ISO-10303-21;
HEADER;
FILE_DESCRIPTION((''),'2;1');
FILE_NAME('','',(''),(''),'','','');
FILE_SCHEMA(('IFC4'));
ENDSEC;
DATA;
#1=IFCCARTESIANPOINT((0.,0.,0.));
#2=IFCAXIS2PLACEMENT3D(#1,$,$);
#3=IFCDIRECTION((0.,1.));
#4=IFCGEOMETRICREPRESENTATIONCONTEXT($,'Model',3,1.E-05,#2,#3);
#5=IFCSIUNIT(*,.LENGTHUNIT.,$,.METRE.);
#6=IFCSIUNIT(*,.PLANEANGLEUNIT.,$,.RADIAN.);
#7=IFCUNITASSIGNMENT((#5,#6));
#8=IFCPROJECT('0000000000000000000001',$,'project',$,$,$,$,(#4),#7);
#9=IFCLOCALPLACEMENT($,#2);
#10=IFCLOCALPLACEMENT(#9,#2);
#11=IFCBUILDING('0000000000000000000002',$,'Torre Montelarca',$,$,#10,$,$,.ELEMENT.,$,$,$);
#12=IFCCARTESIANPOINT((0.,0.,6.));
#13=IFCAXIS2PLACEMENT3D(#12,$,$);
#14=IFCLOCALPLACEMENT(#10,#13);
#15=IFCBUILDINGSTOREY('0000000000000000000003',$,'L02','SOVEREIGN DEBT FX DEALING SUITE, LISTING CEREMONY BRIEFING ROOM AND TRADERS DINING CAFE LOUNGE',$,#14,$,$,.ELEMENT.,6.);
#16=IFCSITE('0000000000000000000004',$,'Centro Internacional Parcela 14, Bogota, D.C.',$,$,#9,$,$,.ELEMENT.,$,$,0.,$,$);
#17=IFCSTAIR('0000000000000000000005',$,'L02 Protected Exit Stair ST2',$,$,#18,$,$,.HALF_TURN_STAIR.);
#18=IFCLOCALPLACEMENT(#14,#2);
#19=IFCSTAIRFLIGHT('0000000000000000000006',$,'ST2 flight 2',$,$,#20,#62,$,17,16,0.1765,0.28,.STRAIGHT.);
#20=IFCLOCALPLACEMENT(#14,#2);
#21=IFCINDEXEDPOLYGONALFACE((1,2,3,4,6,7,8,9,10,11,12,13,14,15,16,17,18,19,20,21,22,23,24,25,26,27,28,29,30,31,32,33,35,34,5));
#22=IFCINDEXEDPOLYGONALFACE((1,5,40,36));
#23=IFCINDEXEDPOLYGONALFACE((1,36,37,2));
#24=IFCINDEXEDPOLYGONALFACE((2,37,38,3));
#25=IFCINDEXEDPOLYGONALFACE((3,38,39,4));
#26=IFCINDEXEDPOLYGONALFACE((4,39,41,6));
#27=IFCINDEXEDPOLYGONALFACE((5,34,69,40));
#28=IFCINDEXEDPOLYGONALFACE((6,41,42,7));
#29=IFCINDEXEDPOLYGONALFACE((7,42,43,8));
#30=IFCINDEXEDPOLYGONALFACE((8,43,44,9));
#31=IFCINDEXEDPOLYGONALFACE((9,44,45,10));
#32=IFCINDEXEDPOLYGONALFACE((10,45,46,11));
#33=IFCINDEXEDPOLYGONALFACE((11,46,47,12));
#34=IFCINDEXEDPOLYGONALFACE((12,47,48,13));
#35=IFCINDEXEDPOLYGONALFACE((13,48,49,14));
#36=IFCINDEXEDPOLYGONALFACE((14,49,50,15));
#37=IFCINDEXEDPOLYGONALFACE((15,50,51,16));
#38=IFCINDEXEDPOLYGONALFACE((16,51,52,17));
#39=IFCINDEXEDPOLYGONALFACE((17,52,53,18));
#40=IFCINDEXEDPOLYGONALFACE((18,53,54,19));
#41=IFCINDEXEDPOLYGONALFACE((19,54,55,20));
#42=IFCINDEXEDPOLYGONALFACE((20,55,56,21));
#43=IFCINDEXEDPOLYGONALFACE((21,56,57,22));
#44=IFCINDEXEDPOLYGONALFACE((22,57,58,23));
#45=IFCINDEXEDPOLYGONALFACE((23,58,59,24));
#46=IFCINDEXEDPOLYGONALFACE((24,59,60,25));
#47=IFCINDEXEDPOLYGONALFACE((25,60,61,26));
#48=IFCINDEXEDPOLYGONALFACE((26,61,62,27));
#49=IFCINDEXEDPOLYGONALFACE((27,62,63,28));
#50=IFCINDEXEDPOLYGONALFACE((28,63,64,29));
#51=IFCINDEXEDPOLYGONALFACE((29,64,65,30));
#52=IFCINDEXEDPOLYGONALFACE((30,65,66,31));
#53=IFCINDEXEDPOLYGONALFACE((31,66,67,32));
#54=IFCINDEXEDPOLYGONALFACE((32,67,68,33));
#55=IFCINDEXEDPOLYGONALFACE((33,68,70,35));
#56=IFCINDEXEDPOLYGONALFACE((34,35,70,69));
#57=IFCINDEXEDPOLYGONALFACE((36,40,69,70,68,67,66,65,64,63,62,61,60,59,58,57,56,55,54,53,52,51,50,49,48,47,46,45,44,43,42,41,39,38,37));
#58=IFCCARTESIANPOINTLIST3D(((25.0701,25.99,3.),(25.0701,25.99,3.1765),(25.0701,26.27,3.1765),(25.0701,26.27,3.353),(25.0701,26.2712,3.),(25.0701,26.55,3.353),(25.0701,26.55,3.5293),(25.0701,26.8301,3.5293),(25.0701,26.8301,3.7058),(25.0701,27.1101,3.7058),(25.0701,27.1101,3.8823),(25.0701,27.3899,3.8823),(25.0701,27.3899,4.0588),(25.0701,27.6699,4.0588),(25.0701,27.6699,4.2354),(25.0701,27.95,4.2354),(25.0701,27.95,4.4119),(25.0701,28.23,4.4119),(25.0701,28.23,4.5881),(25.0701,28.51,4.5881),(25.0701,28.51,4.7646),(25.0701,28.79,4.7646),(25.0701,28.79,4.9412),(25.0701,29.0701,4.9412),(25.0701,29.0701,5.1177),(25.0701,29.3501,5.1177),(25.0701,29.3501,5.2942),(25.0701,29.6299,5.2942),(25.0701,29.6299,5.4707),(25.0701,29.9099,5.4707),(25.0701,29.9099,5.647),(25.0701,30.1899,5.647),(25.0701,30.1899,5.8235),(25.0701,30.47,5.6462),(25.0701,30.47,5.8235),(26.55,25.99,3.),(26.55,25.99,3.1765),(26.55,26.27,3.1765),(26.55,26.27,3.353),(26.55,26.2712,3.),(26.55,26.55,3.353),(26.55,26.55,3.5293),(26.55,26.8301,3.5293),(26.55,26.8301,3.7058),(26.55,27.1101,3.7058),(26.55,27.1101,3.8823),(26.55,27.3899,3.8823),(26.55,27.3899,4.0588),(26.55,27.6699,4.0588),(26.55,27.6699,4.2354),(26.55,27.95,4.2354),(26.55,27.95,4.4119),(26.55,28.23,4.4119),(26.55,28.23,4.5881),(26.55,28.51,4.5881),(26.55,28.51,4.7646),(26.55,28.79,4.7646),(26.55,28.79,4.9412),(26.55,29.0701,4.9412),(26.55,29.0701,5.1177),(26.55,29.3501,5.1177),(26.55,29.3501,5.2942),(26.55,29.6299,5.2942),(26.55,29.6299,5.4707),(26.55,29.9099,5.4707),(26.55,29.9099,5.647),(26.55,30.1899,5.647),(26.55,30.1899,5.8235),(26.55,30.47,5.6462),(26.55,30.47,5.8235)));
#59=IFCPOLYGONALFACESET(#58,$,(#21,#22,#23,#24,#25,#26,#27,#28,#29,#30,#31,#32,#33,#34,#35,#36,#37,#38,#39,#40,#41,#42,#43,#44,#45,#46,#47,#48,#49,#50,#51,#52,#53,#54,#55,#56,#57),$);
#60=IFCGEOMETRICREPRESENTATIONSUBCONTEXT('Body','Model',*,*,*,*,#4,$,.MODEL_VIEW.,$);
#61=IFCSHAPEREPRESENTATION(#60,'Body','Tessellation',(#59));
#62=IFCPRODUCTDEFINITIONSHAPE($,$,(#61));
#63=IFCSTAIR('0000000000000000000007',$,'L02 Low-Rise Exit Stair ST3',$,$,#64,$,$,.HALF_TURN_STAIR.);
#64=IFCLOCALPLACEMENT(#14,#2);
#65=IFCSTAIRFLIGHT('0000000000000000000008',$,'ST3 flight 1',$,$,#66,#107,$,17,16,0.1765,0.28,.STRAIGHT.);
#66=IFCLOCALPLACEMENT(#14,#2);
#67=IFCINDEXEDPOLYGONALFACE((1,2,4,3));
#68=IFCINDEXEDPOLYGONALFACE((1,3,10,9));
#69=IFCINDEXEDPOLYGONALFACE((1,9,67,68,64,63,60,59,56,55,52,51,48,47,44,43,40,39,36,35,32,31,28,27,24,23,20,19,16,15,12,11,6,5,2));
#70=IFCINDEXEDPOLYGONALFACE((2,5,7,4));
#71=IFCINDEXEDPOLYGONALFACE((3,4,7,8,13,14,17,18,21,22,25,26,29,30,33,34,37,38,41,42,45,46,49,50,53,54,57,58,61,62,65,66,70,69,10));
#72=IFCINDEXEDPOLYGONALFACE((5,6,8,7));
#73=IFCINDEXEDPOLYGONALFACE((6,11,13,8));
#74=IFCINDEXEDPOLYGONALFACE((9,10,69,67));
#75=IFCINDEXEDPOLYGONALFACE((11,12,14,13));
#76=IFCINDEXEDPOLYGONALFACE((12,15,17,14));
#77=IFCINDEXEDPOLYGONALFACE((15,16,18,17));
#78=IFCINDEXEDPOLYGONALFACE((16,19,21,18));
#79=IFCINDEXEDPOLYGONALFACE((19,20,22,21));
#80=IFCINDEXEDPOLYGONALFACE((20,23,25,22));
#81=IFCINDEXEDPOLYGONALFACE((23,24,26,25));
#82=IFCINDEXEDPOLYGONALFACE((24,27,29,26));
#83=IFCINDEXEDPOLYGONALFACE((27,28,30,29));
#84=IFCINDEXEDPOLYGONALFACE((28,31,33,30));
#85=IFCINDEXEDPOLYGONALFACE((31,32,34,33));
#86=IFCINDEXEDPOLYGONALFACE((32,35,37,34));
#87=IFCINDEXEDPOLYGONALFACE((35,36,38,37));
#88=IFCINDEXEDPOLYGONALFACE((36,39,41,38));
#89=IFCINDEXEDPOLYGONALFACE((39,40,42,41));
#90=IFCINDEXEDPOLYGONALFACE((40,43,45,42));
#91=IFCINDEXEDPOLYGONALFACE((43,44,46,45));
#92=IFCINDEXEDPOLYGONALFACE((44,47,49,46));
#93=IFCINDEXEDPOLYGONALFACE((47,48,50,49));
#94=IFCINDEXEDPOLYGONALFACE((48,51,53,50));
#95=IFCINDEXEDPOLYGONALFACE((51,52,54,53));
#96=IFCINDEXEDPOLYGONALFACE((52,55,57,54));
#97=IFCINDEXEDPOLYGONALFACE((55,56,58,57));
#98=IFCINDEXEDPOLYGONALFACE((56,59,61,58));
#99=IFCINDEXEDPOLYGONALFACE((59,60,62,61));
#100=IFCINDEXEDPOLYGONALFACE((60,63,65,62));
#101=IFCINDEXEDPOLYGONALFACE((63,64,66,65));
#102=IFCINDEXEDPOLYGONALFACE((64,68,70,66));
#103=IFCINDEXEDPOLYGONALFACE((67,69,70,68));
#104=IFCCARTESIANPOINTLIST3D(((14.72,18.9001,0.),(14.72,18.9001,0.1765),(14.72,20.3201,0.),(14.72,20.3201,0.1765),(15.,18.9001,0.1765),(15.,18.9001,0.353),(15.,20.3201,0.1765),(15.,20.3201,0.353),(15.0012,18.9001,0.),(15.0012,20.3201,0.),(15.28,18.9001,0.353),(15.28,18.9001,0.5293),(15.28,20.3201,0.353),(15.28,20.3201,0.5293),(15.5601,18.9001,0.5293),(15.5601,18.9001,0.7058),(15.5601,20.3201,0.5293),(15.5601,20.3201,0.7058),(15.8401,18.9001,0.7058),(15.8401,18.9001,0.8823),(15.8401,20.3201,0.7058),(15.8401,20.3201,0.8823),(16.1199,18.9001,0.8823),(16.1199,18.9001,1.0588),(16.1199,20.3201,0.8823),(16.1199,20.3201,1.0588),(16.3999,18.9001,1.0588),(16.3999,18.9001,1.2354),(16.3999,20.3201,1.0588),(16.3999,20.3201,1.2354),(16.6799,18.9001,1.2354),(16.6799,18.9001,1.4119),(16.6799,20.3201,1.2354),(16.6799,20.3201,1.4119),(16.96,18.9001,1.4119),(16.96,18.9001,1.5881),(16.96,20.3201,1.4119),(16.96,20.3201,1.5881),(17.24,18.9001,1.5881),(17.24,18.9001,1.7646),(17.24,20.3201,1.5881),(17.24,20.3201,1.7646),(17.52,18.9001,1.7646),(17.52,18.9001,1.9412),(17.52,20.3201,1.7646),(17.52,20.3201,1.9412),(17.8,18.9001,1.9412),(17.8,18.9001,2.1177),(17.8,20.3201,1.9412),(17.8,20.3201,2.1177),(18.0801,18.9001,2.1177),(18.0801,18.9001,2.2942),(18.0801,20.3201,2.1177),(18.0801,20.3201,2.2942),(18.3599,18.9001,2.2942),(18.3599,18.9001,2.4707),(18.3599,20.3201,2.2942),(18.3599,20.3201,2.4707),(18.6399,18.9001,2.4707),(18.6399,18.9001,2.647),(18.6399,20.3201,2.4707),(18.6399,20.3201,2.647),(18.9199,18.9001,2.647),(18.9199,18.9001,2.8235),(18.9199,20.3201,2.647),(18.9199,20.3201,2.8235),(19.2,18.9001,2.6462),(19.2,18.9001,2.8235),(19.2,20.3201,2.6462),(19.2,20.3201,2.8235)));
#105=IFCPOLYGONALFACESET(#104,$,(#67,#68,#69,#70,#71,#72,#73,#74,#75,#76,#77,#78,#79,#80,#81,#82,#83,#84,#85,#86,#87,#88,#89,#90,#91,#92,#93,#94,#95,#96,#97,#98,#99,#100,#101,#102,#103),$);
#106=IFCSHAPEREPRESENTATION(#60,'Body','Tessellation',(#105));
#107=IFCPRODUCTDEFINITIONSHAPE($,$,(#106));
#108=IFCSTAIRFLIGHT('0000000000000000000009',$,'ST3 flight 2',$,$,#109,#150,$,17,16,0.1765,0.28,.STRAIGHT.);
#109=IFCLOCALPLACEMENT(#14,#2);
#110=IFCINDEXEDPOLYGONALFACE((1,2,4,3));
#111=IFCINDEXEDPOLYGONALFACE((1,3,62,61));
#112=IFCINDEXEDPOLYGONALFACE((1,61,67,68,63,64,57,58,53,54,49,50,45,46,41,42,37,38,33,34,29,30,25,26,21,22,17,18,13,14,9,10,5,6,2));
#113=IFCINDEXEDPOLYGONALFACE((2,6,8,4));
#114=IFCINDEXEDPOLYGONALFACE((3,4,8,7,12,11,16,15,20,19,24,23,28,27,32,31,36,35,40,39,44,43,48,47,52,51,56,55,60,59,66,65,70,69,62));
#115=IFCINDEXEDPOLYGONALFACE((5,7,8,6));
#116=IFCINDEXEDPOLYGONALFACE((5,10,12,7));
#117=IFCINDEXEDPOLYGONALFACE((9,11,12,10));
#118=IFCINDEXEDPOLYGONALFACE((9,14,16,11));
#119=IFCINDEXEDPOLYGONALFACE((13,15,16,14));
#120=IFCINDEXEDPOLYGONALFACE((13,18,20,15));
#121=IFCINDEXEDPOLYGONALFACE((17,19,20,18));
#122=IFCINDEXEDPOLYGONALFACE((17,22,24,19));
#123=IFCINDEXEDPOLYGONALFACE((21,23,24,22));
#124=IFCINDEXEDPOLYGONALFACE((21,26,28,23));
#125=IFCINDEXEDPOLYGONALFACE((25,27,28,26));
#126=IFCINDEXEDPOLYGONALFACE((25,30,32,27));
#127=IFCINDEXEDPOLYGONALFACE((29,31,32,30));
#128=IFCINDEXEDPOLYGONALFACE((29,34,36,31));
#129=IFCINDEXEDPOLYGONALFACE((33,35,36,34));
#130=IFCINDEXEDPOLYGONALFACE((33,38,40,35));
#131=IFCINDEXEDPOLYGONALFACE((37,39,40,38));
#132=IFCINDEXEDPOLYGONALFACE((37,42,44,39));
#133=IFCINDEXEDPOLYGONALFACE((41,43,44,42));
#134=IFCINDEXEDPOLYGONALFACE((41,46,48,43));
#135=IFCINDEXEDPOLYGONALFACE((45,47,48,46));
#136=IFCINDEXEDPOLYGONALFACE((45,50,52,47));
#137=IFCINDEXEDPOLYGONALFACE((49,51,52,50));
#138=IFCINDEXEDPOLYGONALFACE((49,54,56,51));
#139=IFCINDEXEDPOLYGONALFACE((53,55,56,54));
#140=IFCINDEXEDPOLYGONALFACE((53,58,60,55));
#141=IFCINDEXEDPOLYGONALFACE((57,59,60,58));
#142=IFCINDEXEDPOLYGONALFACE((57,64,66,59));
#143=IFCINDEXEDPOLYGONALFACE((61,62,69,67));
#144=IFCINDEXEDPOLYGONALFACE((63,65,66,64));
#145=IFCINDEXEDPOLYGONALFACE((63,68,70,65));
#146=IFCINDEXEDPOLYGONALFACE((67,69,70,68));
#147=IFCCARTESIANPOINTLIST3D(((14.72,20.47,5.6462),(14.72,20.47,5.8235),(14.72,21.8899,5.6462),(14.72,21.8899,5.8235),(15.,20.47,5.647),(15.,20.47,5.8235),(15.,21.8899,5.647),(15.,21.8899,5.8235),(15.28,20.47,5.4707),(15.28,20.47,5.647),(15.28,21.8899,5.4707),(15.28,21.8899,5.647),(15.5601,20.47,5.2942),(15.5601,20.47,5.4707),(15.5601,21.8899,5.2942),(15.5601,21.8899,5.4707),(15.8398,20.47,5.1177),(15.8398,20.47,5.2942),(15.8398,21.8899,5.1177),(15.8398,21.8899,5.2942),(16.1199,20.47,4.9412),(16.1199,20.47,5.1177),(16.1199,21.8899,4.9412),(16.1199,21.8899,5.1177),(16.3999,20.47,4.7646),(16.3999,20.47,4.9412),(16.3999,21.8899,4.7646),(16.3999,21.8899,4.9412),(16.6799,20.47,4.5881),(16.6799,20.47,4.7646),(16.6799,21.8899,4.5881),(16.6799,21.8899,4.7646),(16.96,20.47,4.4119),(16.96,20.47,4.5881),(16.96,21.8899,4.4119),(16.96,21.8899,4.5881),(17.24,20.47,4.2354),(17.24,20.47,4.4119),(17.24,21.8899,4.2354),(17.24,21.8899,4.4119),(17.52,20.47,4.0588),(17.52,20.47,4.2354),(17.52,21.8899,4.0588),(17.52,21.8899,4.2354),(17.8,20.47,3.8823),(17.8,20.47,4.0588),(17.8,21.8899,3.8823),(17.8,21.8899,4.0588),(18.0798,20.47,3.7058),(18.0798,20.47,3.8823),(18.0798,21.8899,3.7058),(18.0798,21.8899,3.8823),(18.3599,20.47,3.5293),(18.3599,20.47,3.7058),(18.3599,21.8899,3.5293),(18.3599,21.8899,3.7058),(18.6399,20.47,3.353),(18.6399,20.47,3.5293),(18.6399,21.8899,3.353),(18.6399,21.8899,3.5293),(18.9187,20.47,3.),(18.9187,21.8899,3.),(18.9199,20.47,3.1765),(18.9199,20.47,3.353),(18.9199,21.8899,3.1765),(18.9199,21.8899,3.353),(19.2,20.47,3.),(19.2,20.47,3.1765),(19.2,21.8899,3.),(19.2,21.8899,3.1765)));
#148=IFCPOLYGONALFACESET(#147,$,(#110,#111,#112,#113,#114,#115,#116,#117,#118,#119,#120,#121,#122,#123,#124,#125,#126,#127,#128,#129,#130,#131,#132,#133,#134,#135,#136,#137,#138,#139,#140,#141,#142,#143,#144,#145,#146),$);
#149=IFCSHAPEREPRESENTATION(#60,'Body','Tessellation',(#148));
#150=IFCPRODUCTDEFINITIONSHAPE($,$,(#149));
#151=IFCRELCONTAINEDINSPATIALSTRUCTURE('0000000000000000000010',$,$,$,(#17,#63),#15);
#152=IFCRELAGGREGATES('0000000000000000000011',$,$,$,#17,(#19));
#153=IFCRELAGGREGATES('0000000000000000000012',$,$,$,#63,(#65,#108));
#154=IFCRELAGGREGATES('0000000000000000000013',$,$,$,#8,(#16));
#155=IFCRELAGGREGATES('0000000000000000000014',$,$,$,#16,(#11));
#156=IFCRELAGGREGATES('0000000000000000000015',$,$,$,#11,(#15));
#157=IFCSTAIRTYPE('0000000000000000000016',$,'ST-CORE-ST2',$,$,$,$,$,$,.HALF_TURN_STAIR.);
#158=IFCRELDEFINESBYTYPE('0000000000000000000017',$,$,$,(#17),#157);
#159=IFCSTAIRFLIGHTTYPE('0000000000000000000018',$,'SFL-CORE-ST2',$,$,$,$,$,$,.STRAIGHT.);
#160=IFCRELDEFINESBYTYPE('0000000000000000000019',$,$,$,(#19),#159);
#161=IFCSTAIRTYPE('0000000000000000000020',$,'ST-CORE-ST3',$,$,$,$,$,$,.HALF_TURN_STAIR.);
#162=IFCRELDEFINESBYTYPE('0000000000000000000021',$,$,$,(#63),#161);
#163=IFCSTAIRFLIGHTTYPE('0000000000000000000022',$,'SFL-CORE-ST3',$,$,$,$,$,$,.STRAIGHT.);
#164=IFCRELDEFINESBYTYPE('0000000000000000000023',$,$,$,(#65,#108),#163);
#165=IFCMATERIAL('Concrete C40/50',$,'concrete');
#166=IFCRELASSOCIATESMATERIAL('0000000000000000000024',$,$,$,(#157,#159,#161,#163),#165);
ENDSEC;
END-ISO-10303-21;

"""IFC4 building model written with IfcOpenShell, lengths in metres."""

from ifc_helpers import new_model, si_unit, direction, frame, origin, place, context, subcontext, project, spatial, polyline, outline, extrude, material, type_object, element, aggregate, save


model = new_model("IFC4")

# Units and contexts
model_context = context("Model", 3, precision=1e-05, world=origin(), true_north=direction((0.0, 1.0)))
body_context = subcontext(model_context, "Body", "Model", "MODEL_VIEW")
ifc_project = project(units=[si_unit("LENGTHUNIT", "METRE"), si_unit("PLANEANGLEUNIT", "RADIAN")], contexts=[model_context])

# Site, building, storey
site_placement = place(None, origin())
site = spatial("IfcSite", under=ifc_project, at=site_placement, Name="Centro Internacional Parcela 14, Bogota, D.C.", CompositionType="ELEMENT", RefElevation=0.0)
building_placement = place(site_placement, origin())
building = spatial("IfcBuilding", under=site, at=building_placement, Name="Torre Montelarca", CompositionType="ELEMENT")
storey_placement = place(building_placement, frame((0.0, 0.0, 6.0)))
storey = spatial("IfcBuildingStorey", under=building, at=storey_placement, Name="L02", Description="SOVEREIGN DEBT FX DEALING SUITE, LISTING CEREMONY BRIEFING ROOM AND TRADERS DINING CAFE LOUNGE", CompositionType="ELEMENT", Elevation=6.0)

# Shared definitions
ifc_material_1 = material(Name="Concrete C40/50", Category="concrete")

# Stair, stair flight
stair_type_1 = type_object("IfcStairType", Name="ST-CORE-ST2", PredefinedType="HALF_TURN_STAIR", material=ifc_material_1)
stair_1_placement = place(storey_placement, origin())
stair_1 = element("IfcStair", 1, at=stair_1_placement, inside=storey, type_object=stair_type_1, Name="L02 Protected Exit Stair ST2", PredefinedType="HALF_TURN_STAIR")
stair_flight_type_1 = type_object("IfcStairFlightType", Name="SFL-CORE-ST2", PredefinedType="STRAIGHT", material=ifc_material_1)
stair_flight_1_placement = place(storey_placement, frame((25.8101, 25.99, 3.0), z_axis=(0.0, 0.0, 1.0), x_axis=(0.0, 1.0, 0.0)))
stair_flight_1 = element("IfcStairFlight", 2, at=stair_flight_1_placement, type_object=stair_flight_type_1, Name="ST2 flight 2", NumberOfRisers=17, NumberOfTreads=16, PredefinedType="STRAIGHT", RiserHeight=0.1765, TreadLength=0.28, context=body_context, shape_type="SweptSolid", body=[
    extrude(outline(polyline([(0.0, 0.0), (0.0, 0.1765), (0.28, 0.1765), (0.28, 0.353), (0.5601, 0.353), (0.5601, 0.5293), (0.8401, 0.5293), (0.8401, 0.7058), (1.1201, 0.7058), (1.1201, 0.8823), (1.3999, 0.8823), (1.3999, 1.0588), (1.6799, 1.0588), (1.6799, 1.2354), (1.96, 1.2354), (1.96, 1.4119), (2.24, 1.4119), (2.24, 1.5881), (2.52, 1.5881), (2.52, 1.7646), (2.8, 1.7646), (2.8, 1.9412), (3.0801, 1.9412), (3.0801, 2.1177), (3.3601, 2.1177), (3.3601, 2.2942), (3.6399, 2.2942), (3.6399, 2.4707), (3.9199, 2.4707), (3.9199, 2.647), (4.2, 2.647), (4.2, 2.8235), (4.48, 2.8235), (4.48, 3.0), (4.48, 2.6462), (0.2812, 0.0), (0.0, 0.0)])), frame((0.0, 0.74, 0.0), z_axis=(0.0, -1.0, 0.0), x_axis=(1.0, 0.0, 0.0)), (0.0, 0.0, 1.0), 1.48),
])
aggregate(stair_1, [stair_flight_1])

# Stair, stair flights
stair_type_2 = type_object("IfcStairType", Name="ST-CORE-ST3", PredefinedType="HALF_TURN_STAIR", material=ifc_material_1)
stair_2_placement = place(storey_placement, origin())
stair_2 = element("IfcStair", 3, at=stair_2_placement, inside=storey, type_object=stair_type_2, Name="L02 Low-Rise Exit Stair ST3", PredefinedType="HALF_TURN_STAIR")
stair_flight_type_2 = type_object("IfcStairFlightType", Name="SFL-CORE-ST3", PredefinedType="STRAIGHT", material=ifc_material_1)
stair_flight_2_placement = place(storey_placement, frame((14.72, 19.6101, 0.0), z_axis=(0.0, 0.0, 1.0), x_axis=(1.0, 0.0, 0.0)))
stair_flight_2 = element("IfcStairFlight", 4, at=stair_flight_2_placement, type_object=stair_flight_type_2, Name="ST3 flight 1", NumberOfRisers=17, NumberOfTreads=16, PredefinedType="STRAIGHT", RiserHeight=0.1765, TreadLength=0.28, context=body_context, shape_type="SweptSolid", body=[
    extrude(outline(polyline([(0.0, 0.0), (0.0, 0.1765), (0.28, 0.1765), (0.28, 0.353), (0.5601, 0.353), (0.5601, 0.5293), (0.8401, 0.5293), (0.8401, 0.7058), (1.1201, 0.7058), (1.1201, 0.8823), (1.3999, 0.8823), (1.3999, 1.0588), (1.6799, 1.0588), (1.6799, 1.2354), (1.96, 1.2354), (1.96, 1.4119), (2.24, 1.4119), (2.24, 1.5881), (2.52, 1.5881), (2.52, 1.7646), (2.8, 1.7646), (2.8, 1.9412), (3.0801, 1.9412), (3.0801, 2.1177), (3.3601, 2.1177), (3.3601, 2.2942), (3.6399, 2.2942), (3.6399, 2.4707), (3.9199, 2.4707), (3.9199, 2.647), (4.2, 2.647), (4.2, 2.8235), (4.48, 2.8235), (4.48, 3.0), (4.48, 2.6462), (0.2812, 0.0), (0.0, 0.0)])), frame((0.0, 0.71, 0.0), z_axis=(0.0, -1.0, 0.0), x_axis=(1.0, 0.0, 0.0)), (0.0, 0.0, 1.0), 1.4199),
])
stair_flight_3_placement = place(storey_placement, frame((19.2, 21.1799, 3.0), z_axis=(0.0, 0.0, 1.0), x_axis=(-1.0, 0.0, 0.0)))
stair_flight_3 = element("IfcStairFlight", 5, at=stair_flight_3_placement, type_object=stair_flight_type_2, Name="ST3 flight 2", NumberOfRisers=17, NumberOfTreads=16, PredefinedType="STRAIGHT", RiserHeight=0.1765, TreadLength=0.28, context=body_context, shape_type="SweptSolid", body=[
    extrude(outline(polyline([(0.0, 0.0), (0.0, 0.1765), (0.28, 0.1765), (0.28, 0.353), (0.5601, 0.353), (0.5601, 0.5293), (0.8401, 0.5293), (0.8401, 0.7058), (1.1201, 0.7058), (1.1201, 0.8823), (1.3999, 0.8823), (1.3999, 1.0588), (1.6799, 1.0588), (1.6799, 1.2354), (1.96, 1.2354), (1.96, 1.4119), (2.24, 1.4119), (2.24, 1.5881), (2.52, 1.5881), (2.52, 1.7646), (2.8, 1.7646), (2.8, 1.9412), (3.0801, 1.9412), (3.0801, 2.1177), (3.3601, 2.1177), (3.3601, 2.2942), (3.6399, 2.2942), (3.6399, 2.4707), (3.9199, 2.4707), (3.9199, 2.647), (4.2, 2.647), (4.2, 2.8235), (4.48, 2.8235), (4.48, 3.0), (4.48, 2.6462), (0.2812, 0.0), (0.0, 0.0)])), frame((0.0, 0.71, 0.0), z_axis=(0.0, -1.0, 0.0), x_axis=(1.0, 0.0, 0.0)), (0.0, 0.0, 1.0), 1.4199),
])
aggregate(stair_2, [stair_flight_2, stair_flight_3])

save(model, "model.ifc")
